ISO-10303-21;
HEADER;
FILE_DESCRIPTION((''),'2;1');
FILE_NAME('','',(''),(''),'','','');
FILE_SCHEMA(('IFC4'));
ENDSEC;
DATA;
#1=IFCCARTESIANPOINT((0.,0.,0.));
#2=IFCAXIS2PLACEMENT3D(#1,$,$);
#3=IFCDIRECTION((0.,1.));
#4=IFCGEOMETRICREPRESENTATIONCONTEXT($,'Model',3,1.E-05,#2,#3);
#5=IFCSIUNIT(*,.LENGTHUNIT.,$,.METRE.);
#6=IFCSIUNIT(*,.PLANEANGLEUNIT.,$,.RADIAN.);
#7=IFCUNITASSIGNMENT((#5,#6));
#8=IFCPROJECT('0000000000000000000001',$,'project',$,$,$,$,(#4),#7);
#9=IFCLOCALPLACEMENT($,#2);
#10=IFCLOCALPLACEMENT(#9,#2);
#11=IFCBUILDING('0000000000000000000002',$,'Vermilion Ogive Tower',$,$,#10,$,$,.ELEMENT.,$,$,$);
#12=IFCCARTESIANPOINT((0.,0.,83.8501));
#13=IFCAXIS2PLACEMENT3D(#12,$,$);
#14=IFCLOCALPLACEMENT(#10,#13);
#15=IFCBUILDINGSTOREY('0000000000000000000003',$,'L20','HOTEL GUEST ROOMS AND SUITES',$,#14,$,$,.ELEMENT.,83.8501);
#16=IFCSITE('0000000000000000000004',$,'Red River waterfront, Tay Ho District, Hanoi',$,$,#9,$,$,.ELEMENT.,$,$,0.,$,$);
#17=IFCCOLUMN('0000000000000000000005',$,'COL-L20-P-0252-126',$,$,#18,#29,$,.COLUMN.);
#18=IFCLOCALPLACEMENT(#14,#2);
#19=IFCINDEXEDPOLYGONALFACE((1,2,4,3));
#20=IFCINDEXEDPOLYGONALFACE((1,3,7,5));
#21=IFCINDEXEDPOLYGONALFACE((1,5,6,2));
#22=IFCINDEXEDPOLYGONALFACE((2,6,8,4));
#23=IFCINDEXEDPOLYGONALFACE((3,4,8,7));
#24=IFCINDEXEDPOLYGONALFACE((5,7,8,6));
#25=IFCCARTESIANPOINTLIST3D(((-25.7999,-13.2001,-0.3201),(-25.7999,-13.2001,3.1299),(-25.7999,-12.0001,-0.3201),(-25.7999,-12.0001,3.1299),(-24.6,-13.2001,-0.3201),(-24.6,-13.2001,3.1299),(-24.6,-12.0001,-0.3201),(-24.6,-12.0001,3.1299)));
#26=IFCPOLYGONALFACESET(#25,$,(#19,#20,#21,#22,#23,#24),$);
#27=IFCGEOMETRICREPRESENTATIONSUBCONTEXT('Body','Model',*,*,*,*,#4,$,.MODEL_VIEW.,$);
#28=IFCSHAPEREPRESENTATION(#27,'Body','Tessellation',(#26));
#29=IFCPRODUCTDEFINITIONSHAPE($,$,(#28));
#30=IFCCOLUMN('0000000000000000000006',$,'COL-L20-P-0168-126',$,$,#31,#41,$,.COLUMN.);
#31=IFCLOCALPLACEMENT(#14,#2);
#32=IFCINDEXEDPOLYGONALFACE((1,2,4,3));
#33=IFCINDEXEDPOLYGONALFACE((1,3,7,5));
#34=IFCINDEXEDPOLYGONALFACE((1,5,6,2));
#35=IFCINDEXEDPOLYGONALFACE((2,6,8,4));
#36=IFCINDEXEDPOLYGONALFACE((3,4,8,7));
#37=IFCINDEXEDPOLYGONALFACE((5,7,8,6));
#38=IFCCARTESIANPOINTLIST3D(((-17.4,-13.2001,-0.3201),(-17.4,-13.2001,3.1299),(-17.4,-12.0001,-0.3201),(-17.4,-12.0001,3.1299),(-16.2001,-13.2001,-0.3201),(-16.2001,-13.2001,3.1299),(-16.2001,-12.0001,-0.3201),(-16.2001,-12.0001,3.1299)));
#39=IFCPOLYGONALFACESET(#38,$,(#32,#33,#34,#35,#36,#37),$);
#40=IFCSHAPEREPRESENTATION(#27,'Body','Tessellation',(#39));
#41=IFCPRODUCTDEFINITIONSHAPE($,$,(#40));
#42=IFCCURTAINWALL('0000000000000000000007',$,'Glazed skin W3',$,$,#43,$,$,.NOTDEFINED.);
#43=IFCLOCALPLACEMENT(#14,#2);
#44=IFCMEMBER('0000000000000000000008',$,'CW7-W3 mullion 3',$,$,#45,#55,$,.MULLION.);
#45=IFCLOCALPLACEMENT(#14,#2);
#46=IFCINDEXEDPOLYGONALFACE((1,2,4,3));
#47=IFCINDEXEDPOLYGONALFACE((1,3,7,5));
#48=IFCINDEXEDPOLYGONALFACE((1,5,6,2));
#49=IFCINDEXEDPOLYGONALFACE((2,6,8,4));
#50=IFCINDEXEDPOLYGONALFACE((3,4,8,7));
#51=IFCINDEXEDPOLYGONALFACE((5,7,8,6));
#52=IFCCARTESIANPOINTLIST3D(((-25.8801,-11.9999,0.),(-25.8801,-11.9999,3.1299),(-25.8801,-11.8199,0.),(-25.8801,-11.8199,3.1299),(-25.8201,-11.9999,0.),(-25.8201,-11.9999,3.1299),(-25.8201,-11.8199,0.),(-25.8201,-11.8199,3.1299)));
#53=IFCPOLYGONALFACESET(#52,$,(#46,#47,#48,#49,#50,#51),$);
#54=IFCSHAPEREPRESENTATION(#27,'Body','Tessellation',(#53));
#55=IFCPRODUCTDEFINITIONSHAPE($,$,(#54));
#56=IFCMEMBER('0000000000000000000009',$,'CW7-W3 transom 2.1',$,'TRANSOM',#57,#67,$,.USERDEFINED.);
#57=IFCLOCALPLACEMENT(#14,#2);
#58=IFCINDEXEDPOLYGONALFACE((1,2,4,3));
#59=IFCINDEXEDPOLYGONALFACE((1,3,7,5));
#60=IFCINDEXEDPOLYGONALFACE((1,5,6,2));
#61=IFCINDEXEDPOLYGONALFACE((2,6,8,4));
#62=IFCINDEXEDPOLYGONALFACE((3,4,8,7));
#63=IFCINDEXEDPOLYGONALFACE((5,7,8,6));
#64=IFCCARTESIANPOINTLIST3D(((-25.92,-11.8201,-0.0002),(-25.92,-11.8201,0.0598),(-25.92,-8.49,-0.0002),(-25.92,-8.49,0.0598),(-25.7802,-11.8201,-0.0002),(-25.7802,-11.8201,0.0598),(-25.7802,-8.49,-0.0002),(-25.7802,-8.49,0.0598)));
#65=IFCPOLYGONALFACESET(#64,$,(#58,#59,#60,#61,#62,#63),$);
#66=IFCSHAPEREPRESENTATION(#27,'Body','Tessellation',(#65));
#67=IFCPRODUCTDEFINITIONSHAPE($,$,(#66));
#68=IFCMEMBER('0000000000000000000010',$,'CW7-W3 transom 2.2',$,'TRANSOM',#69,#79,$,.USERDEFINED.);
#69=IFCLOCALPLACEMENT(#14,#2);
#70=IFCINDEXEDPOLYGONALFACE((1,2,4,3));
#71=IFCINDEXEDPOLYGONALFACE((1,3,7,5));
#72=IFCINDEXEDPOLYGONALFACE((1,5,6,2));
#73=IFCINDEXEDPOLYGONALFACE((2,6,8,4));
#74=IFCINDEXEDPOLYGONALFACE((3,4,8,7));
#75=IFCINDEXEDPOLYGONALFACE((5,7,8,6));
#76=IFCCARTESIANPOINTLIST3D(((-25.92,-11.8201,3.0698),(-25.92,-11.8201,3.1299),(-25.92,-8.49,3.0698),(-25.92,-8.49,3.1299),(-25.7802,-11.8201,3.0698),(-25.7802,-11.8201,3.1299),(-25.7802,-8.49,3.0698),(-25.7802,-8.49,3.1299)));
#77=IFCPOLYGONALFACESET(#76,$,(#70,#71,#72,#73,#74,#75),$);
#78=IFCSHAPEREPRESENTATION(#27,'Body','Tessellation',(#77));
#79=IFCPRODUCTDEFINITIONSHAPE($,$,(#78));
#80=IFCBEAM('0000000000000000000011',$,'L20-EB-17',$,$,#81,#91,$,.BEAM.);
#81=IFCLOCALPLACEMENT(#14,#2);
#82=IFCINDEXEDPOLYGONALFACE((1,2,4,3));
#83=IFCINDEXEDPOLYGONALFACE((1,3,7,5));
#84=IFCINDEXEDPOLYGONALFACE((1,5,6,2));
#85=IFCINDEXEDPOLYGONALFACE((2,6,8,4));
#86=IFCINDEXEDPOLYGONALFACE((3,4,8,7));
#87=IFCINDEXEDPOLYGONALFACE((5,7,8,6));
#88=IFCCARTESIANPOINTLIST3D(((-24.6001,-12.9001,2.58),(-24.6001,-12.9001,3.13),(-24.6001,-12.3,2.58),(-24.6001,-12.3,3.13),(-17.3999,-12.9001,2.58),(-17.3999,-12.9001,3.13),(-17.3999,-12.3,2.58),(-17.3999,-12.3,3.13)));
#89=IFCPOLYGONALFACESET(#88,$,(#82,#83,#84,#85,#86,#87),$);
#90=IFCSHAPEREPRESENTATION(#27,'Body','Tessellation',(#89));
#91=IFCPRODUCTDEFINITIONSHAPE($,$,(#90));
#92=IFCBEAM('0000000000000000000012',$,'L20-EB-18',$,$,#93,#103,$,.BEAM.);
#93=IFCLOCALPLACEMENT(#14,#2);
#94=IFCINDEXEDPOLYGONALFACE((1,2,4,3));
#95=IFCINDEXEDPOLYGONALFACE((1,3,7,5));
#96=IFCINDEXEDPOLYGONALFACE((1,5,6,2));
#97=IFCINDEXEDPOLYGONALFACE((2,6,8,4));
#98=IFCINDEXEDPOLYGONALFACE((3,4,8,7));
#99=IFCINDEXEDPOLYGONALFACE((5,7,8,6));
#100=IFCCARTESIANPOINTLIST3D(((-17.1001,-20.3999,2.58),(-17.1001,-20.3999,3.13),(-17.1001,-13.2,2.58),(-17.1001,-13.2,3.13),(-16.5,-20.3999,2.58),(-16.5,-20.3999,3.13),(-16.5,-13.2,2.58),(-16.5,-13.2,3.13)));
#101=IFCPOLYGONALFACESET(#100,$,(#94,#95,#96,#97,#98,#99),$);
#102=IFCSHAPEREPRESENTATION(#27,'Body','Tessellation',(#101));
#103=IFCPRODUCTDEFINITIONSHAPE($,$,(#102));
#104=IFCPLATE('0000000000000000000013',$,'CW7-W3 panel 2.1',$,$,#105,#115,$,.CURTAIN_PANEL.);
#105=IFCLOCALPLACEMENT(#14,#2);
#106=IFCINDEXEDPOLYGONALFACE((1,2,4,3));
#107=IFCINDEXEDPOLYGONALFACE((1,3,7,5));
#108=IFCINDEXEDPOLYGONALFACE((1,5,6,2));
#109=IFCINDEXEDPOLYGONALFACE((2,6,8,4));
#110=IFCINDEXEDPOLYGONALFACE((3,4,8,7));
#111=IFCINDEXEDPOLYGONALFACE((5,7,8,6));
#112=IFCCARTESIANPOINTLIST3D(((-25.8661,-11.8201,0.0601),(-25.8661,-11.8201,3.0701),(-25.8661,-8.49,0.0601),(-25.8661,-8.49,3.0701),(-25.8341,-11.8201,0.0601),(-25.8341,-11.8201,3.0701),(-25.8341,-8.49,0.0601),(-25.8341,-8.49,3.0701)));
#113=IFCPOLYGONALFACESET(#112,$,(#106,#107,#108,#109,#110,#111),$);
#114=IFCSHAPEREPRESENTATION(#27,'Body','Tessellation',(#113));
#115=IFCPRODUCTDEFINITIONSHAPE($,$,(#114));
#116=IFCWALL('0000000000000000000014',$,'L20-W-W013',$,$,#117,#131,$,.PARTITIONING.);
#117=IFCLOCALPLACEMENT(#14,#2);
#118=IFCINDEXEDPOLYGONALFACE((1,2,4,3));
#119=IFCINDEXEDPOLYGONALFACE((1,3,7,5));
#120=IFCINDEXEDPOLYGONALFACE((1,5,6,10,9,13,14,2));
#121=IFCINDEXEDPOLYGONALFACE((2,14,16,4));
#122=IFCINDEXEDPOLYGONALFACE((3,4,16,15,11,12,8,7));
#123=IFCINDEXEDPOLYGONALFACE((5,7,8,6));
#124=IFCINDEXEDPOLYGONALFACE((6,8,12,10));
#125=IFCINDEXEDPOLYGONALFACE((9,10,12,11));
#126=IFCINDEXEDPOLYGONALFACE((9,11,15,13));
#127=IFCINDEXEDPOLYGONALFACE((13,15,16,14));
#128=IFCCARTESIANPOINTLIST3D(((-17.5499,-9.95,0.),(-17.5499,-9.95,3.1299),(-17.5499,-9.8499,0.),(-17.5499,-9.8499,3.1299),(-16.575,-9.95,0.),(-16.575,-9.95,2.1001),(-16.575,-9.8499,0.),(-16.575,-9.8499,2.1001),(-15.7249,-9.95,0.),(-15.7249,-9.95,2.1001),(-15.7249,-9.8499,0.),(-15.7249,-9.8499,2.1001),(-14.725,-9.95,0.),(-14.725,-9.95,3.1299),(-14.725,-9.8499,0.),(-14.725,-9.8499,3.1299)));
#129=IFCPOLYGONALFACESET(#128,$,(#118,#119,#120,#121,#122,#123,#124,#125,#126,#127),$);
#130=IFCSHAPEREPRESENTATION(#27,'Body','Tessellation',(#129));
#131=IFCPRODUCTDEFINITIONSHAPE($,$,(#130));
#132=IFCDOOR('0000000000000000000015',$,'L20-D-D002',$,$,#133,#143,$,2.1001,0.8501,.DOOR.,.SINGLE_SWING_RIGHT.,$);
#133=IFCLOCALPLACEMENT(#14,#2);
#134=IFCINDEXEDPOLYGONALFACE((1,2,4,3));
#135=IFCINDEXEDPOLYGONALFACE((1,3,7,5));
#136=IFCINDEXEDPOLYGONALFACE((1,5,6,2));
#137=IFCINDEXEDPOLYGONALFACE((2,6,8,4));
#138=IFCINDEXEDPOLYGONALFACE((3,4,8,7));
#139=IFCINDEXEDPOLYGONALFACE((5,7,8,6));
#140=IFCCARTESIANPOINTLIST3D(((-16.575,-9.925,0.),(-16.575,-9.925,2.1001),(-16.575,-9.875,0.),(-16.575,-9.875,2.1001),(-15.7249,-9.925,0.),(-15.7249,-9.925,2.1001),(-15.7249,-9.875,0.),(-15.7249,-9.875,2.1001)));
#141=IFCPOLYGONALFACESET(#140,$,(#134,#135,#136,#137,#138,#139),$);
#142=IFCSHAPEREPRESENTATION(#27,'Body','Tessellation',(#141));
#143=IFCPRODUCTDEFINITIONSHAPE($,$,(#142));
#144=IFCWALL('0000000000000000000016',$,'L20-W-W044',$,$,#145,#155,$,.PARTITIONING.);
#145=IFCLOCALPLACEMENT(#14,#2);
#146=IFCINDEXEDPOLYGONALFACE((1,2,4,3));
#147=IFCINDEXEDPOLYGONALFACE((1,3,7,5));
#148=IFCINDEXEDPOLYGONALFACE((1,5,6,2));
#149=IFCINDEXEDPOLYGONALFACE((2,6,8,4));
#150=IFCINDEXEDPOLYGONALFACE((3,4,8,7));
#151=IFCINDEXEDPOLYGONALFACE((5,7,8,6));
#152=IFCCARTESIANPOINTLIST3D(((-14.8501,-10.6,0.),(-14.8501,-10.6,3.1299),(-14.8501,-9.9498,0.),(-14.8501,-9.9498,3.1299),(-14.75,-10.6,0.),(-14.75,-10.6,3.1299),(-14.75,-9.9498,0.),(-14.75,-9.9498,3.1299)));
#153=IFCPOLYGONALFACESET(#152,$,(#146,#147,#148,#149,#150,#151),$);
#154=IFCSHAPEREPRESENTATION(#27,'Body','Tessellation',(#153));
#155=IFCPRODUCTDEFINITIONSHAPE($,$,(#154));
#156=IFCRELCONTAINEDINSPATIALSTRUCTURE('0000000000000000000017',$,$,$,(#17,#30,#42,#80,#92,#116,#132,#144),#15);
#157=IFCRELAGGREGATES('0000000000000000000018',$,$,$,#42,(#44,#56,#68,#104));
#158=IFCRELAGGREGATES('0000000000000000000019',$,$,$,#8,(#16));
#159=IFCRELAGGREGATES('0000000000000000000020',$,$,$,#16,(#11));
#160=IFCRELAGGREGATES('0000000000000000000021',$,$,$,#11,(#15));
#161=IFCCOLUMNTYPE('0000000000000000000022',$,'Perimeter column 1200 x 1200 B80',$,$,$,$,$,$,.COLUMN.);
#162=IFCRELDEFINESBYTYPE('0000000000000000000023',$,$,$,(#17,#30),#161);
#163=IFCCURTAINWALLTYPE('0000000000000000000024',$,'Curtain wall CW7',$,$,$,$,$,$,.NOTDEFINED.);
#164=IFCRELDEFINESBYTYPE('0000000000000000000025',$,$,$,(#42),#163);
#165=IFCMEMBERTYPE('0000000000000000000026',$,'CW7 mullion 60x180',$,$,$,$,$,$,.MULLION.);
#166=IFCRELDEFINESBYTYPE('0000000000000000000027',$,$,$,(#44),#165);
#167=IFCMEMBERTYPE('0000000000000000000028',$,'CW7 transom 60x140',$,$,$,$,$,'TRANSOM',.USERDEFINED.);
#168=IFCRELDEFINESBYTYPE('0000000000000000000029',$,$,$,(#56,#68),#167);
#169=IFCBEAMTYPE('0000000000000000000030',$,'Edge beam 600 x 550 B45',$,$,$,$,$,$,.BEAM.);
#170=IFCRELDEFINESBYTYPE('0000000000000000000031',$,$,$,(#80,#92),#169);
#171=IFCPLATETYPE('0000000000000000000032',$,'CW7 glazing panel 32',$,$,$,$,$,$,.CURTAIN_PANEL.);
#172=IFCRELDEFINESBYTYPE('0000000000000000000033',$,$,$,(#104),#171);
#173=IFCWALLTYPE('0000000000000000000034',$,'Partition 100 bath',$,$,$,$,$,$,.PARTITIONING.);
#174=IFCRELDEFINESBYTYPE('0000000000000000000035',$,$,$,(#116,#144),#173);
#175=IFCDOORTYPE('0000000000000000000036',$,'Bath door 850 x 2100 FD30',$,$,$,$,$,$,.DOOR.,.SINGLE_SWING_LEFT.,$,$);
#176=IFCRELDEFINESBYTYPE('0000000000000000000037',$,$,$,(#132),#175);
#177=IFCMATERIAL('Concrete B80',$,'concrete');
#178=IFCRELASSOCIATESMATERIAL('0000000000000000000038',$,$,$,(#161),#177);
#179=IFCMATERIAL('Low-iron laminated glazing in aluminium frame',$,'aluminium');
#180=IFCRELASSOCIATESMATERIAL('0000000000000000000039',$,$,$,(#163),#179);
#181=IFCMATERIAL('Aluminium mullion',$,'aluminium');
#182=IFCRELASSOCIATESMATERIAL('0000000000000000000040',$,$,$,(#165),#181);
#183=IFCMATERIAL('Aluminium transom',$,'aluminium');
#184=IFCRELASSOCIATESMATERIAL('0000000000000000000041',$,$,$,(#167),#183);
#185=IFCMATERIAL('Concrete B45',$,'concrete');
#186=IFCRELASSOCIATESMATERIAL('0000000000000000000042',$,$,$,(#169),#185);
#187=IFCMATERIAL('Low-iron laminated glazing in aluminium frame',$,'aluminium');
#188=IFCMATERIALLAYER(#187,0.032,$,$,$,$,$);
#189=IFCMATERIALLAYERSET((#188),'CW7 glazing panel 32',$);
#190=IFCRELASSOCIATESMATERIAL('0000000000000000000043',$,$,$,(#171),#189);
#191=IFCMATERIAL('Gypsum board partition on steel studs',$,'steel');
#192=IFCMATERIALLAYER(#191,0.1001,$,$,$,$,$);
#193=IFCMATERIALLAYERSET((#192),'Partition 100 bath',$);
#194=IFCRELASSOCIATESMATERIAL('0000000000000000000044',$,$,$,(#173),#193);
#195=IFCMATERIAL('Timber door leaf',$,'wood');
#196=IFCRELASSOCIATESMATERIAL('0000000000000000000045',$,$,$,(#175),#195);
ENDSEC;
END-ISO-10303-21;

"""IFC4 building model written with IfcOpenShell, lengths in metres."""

from ifc_helpers import new_model, si_unit, direction, frame, frame_2d, origin, origin_2d, place, context, subcontext, project, spatial, rectangle, extrude, material, layer, layer_set, material_profile, profile_set, type_object, element, fill, aggregate, save


model = new_model("IFC4")

# Units and contexts
model_context = context("Model", 3, precision=1e-05, world=origin(), true_north=direction((0.0, 1.0)))
body_context = subcontext(model_context, "Body", "Model", "MODEL_VIEW")
ifc_project = project(units=[si_unit("LENGTHUNIT", "METRE"), si_unit("PLANEANGLEUNIT", "RADIAN")], contexts=[model_context])

# Site, building, storey
site_placement = place(None, origin())
site = spatial("IfcSite", under=ifc_project, at=site_placement, Name="Red River waterfront, Tay Ho District, Hanoi", CompositionType="ELEMENT", RefElevation=0.0)
building_placement = place(site_placement, origin())
building = spatial("IfcBuilding", under=site, at=building_placement, Name="Vermilion Ogive Tower", CompositionType="ELEMENT")
storey_placement = place(building_placement, frame((0.0, 0.0, 83.8501)))
storey = spatial("IfcBuildingStorey", under=building, at=storey_placement, Name="L20", Description="HOTEL GUEST ROOMS AND SUITES", CompositionType="ELEMENT", Elevation=83.8501)

# Columns
ifc_material_1 = material(Name="Concrete B80", Category="concrete")
ifc_material_profile_1 = material_profile(ifc_material_1, rectangle(XDim=1.2, YDim=1.2, at=origin_2d()), Name="1200 x 1200")
ifc_profile_set_1 = profile_set([ifc_material_profile_1], Name="Concrete B80")
column_type = type_object("IfcColumnType", Name="Perimeter column 1200 x 1200 B80", PredefinedType="COLUMN", material=ifc_profile_set_1)
for number, where, z_axis, x_axis, name in (
    (1, (-25.2, -12.6001, -0.3201), (0.0, 0.0, 1.0), (1.0, 0.0, 0.0), "COL-L20-P-0252-126"),
    (2, (-16.8, -12.6001, -0.3201), (0.0, 0.0, 1.0), (1.0, 0.0, 0.0), "COL-L20-P-0168-126"),
):
    element("IfcColumn", number, at=place(storey_placement, frame(where, z_axis=z_axis, x_axis=x_axis)), inside=storey, type_object=column_type, Name=name, PredefinedType="COLUMN", context=body_context, shape_type="SweptSolid", body=[
        extrude(rectangle(XDim=1.2, YDim=1.2, at=origin_2d()), origin(), (0.0, 0.0, 1.0), 3.45),
    ])

# Curtain wall, members
ifc_material_2 = material(Name="Low-iron laminated glazing in aluminium frame", Category="aluminium")
curtain_wall_type = type_object("IfcCurtainWallType", Name="Curtain wall CW7", PredefinedType="NOTDEFINED", material=ifc_material_2)
curtain_wall_placement = place(storey_placement, origin())
curtain_wall = element("IfcCurtainWall", 3, at=curtain_wall_placement, inside=storey, type_object=curtain_wall_type, Name="Glazed skin W3", PredefinedType="NOTDEFINED")
ifc_material_3 = material(Name="Aluminium mullion", Category="aluminium")
ifc_material_profile_2 = material_profile(ifc_material_3, rectangle(XDim=0.0601, YDim=0.1799, at=origin_2d()), Name="AL 60x180")
ifc_profile_set_2 = profile_set([ifc_material_profile_2], Name="Aluminium mullion")
member_type_1 = type_object("IfcMemberType", Name="CW7 mullion 60x180", PredefinedType="MULLION", material=ifc_profile_set_2)
member_1_placement = place(storey_placement, frame((-25.8501, -11.9099, 0.0), z_axis=(0.0, 0.0, 1.0), x_axis=(1.0, 0.0, 0.0)))
member_1 = element("IfcMember", 4, at=member_1_placement, type_object=member_type_1, Name="CW7-W3 mullion 3", PredefinedType="MULLION", context=body_context, shape_type="SweptSolid", body=[
    extrude(rectangle(XDim=0.0601, YDim=0.1799, at=origin_2d()), origin(), (0.0, 0.0, 1.0), 3.1299),
])
ifc_material_4 = material(Name="Aluminium transom", Category="aluminium")
ifc_material_profile_3 = material_profile(ifc_material_4, rectangle(XDim=0.1399, YDim=0.0601, at=origin_2d()), Name="AL 60x140")
ifc_profile_set_3 = profile_set([ifc_material_profile_3], Name="Aluminium transom")
member_type_2 = type_object("IfcMemberType", Name="CW7 transom 60x140", ElementType="TRANSOM", PredefinedType="USERDEFINED", material=ifc_profile_set_3)
member_2_placement = place(storey_placement, frame((-25.8501, -8.49, 0.0298), z_axis=(0.0, -1.0, 0.0), x_axis=(1.0, 0.0, 0.0)))
member_2 = element("IfcMember", 5, at=member_2_placement, type_object=member_type_2, Name="CW7-W3 transom 2.1", ObjectType="TRANSOM", PredefinedType="USERDEFINED", context=body_context, shape_type="SweptSolid", body=[
    extrude(rectangle(XDim=0.1399, YDim=0.0601, at=origin_2d()), origin(), (0.0, 0.0, 1.0), 3.3301),
])
member_3_placement = place(storey_placement, frame((-25.8501, -8.49, 3.0999), z_axis=(0.0, -1.0, 0.0), x_axis=(1.0, 0.0, 0.0)))
member_3 = element("IfcMember", 6, at=member_3_placement, type_object=member_type_2, Name="CW7-W3 transom 2.2", ObjectType="TRANSOM", PredefinedType="USERDEFINED", context=body_context, shape_type="SweptSolid", body=[
    extrude(rectangle(XDim=0.1399, YDim=0.0601, at=origin_2d()), origin(), (0.0, 0.0, 1.0), 3.3301),
])

# Beams
ifc_material_5 = material(Name="Concrete B45", Category="concrete")
ifc_material_profile_4 = material_profile(ifc_material_5, rectangle(XDim=0.6001, YDim=0.55, at=origin_2d()), Name="600 x 550")
ifc_profile_set_4 = profile_set([ifc_material_profile_4], Name="Concrete B45")
beam_type = type_object("IfcBeamType", Name="Edge beam 600 x 550 B45", PredefinedType="BEAM", material=ifc_profile_set_4)
beam_1_placement = place(storey_placement, frame((-24.6001, -12.6001, 2.855), z_axis=(1.0, 0.0, 0.0), x_axis=(0.0, 1.0, 0.0)))
element("IfcBeam", 7, at=beam_1_placement, inside=storey, type_object=beam_type, Name="L20-EB-17", PredefinedType="BEAM", context=body_context, shape_type="SweptSolid", body=[
    extrude(rectangle(XDim=0.6001, YDim=0.55, at=origin_2d()), origin(), (0.0, 0.0, 1.0), 7.2002),
])
beam_2_placement = place(storey_placement, frame((-16.8, -13.2, 2.855), z_axis=(0.0, -1.0, 0.0), x_axis=(1.0, 0.0, 0.0)))
element("IfcBeam", 8, at=beam_2_placement, inside=storey, type_object=beam_type, Name="L20-EB-18", PredefinedType="BEAM", context=body_context, shape_type="SweptSolid", body=[
    extrude(rectangle(XDim=0.6001, YDim=0.55, at=origin_2d()), origin(), (0.0, 0.0, 1.0), 7.2),
])

# Plate
ifc_material_6 = material(Name="Low-iron laminated glazing in aluminium frame", Category="aluminium")
ifc_layer_1 = layer(ifc_material_6, 0.032)
ifc_layer_set_1 = layer_set([ifc_layer_1], Name="CW7 glazing panel 32")
plate_type = type_object("IfcPlateType", Name="CW7 glazing panel 32", PredefinedType="CURTAIN_PANEL", material=ifc_layer_set_1)
plate_placement = place(storey_placement, frame((-25.8501, -10.155, 0.0601), z_axis=(0.0, 0.0, 1.0), x_axis=(0.0, -1.0, 0.0)))
plate = element("IfcPlate", 9, at=plate_placement, type_object=plate_type, Name="CW7-W3 panel 2.1", PredefinedType="CURTAIN_PANEL", context=body_context, shape_type="SweptSolid", body=[
    extrude(rectangle(XDim=3.3301, YDim=0.032, at=origin_2d()), origin(), (0.0, 0.0, 1.0), 3.01),
])
aggregate(curtain_wall, [member_1, member_2, member_3, plate])

# Wall, opening, door
ifc_material_7 = material(Name="Gypsum board partition on steel studs", Category="steel")
ifc_layer_2 = layer(ifc_material_7, 0.1001)
ifc_layer_set_2 = layer_set([ifc_layer_2], Name="Partition 100 bath")
wall_type_1 = type_object("IfcWallType", Name="Partition 100 bath", PredefinedType="PARTITIONING", material=ifc_layer_set_2)
wall_1_placement = place(storey_placement, frame((-17.55, -9.8999, 0.0), z_axis=(0.0, 0.0, 1.0), x_axis=(1.0, 0.0, 0.0)))
wall_1 = element("IfcWall", 10, at=wall_1_placement, inside=storey, type_object=wall_type_1, Name="L20-W-W013", PredefinedType="PARTITIONING", context=body_context, shape_type="SweptSolid", body=[
    extrude(rectangle(XDim=2.825, YDim=0.1001, at=frame_2d((1.4126, 0.0))), origin(), (0.0, 0.0, 1.0), 3.1299),
])
opening_1_placement = place(wall_1_placement, frame((0.9751, 0.0, 0.0)))
opening_1 = element("IfcOpeningElement", 11, at=opening_1_placement, cuts=wall_1, PredefinedType="OPENING", context=body_context, shape_type="SweptSolid", body=[
    extrude(rectangle(XDim=0.8501, YDim=2.1001, at=frame_2d((0.425, 1.05))), frame((0.0, 0.0601, 0.0), z_axis=(0.0, -1.0, 0.0), x_axis=(1.0, 0.0, 0.0)), (0.0, 0.0, 1.0), 0.1201),
])
ifc_material_8 = material(Name="Timber door leaf", Category="wood")
door_type_1 = type_object("IfcDoorType", Name="Bath door 850 x 2100 FD30", OperationType="SINGLE_SWING_LEFT", PredefinedType="DOOR", material=ifc_material_8)
door_1_placement = place(opening_1_placement, origin())
door_1 = element("IfcDoor", 12, at=door_1_placement, inside=storey, type_object=door_type_1, Name="L20-D-D002", OperationType="SINGLE_SWING_RIGHT", OverallHeight=2.1001, OverallWidth=0.8501, PredefinedType="DOOR", context=body_context, shape_type="SweptSolid", body=[
    extrude(rectangle(XDim=0.8501, YDim=2.1001, at=frame_2d((0.425, 1.05))), frame((0.0, 0.0249, 0.0), z_axis=(0.0, -1.0, 0.0), x_axis=(1.0, 0.0, 0.0)), (0.0, 0.0, 1.0), 0.05),
])
fill(opening_1, door_1)

# Wall
wall_2_placement = place(storey_placement, frame((-14.8, -10.6001, 0.0), z_axis=(0.0, 0.0, 1.0), x_axis=(0.0, 1.0, 0.0)))
element("IfcWall", 13, at=wall_2_placement, inside=storey, type_object=wall_type_1, Name="L20-W-W044", PredefinedType="PARTITIONING", context=body_context, shape_type="SweptSolid", body=[
    extrude(rectangle(XDim=0.6501, YDim=0.1001, at=frame_2d((0.3252, 0.0))), origin(), (0.0, 0.0, 1.0), 3.1299),
])

save(model, "model.ifc")
